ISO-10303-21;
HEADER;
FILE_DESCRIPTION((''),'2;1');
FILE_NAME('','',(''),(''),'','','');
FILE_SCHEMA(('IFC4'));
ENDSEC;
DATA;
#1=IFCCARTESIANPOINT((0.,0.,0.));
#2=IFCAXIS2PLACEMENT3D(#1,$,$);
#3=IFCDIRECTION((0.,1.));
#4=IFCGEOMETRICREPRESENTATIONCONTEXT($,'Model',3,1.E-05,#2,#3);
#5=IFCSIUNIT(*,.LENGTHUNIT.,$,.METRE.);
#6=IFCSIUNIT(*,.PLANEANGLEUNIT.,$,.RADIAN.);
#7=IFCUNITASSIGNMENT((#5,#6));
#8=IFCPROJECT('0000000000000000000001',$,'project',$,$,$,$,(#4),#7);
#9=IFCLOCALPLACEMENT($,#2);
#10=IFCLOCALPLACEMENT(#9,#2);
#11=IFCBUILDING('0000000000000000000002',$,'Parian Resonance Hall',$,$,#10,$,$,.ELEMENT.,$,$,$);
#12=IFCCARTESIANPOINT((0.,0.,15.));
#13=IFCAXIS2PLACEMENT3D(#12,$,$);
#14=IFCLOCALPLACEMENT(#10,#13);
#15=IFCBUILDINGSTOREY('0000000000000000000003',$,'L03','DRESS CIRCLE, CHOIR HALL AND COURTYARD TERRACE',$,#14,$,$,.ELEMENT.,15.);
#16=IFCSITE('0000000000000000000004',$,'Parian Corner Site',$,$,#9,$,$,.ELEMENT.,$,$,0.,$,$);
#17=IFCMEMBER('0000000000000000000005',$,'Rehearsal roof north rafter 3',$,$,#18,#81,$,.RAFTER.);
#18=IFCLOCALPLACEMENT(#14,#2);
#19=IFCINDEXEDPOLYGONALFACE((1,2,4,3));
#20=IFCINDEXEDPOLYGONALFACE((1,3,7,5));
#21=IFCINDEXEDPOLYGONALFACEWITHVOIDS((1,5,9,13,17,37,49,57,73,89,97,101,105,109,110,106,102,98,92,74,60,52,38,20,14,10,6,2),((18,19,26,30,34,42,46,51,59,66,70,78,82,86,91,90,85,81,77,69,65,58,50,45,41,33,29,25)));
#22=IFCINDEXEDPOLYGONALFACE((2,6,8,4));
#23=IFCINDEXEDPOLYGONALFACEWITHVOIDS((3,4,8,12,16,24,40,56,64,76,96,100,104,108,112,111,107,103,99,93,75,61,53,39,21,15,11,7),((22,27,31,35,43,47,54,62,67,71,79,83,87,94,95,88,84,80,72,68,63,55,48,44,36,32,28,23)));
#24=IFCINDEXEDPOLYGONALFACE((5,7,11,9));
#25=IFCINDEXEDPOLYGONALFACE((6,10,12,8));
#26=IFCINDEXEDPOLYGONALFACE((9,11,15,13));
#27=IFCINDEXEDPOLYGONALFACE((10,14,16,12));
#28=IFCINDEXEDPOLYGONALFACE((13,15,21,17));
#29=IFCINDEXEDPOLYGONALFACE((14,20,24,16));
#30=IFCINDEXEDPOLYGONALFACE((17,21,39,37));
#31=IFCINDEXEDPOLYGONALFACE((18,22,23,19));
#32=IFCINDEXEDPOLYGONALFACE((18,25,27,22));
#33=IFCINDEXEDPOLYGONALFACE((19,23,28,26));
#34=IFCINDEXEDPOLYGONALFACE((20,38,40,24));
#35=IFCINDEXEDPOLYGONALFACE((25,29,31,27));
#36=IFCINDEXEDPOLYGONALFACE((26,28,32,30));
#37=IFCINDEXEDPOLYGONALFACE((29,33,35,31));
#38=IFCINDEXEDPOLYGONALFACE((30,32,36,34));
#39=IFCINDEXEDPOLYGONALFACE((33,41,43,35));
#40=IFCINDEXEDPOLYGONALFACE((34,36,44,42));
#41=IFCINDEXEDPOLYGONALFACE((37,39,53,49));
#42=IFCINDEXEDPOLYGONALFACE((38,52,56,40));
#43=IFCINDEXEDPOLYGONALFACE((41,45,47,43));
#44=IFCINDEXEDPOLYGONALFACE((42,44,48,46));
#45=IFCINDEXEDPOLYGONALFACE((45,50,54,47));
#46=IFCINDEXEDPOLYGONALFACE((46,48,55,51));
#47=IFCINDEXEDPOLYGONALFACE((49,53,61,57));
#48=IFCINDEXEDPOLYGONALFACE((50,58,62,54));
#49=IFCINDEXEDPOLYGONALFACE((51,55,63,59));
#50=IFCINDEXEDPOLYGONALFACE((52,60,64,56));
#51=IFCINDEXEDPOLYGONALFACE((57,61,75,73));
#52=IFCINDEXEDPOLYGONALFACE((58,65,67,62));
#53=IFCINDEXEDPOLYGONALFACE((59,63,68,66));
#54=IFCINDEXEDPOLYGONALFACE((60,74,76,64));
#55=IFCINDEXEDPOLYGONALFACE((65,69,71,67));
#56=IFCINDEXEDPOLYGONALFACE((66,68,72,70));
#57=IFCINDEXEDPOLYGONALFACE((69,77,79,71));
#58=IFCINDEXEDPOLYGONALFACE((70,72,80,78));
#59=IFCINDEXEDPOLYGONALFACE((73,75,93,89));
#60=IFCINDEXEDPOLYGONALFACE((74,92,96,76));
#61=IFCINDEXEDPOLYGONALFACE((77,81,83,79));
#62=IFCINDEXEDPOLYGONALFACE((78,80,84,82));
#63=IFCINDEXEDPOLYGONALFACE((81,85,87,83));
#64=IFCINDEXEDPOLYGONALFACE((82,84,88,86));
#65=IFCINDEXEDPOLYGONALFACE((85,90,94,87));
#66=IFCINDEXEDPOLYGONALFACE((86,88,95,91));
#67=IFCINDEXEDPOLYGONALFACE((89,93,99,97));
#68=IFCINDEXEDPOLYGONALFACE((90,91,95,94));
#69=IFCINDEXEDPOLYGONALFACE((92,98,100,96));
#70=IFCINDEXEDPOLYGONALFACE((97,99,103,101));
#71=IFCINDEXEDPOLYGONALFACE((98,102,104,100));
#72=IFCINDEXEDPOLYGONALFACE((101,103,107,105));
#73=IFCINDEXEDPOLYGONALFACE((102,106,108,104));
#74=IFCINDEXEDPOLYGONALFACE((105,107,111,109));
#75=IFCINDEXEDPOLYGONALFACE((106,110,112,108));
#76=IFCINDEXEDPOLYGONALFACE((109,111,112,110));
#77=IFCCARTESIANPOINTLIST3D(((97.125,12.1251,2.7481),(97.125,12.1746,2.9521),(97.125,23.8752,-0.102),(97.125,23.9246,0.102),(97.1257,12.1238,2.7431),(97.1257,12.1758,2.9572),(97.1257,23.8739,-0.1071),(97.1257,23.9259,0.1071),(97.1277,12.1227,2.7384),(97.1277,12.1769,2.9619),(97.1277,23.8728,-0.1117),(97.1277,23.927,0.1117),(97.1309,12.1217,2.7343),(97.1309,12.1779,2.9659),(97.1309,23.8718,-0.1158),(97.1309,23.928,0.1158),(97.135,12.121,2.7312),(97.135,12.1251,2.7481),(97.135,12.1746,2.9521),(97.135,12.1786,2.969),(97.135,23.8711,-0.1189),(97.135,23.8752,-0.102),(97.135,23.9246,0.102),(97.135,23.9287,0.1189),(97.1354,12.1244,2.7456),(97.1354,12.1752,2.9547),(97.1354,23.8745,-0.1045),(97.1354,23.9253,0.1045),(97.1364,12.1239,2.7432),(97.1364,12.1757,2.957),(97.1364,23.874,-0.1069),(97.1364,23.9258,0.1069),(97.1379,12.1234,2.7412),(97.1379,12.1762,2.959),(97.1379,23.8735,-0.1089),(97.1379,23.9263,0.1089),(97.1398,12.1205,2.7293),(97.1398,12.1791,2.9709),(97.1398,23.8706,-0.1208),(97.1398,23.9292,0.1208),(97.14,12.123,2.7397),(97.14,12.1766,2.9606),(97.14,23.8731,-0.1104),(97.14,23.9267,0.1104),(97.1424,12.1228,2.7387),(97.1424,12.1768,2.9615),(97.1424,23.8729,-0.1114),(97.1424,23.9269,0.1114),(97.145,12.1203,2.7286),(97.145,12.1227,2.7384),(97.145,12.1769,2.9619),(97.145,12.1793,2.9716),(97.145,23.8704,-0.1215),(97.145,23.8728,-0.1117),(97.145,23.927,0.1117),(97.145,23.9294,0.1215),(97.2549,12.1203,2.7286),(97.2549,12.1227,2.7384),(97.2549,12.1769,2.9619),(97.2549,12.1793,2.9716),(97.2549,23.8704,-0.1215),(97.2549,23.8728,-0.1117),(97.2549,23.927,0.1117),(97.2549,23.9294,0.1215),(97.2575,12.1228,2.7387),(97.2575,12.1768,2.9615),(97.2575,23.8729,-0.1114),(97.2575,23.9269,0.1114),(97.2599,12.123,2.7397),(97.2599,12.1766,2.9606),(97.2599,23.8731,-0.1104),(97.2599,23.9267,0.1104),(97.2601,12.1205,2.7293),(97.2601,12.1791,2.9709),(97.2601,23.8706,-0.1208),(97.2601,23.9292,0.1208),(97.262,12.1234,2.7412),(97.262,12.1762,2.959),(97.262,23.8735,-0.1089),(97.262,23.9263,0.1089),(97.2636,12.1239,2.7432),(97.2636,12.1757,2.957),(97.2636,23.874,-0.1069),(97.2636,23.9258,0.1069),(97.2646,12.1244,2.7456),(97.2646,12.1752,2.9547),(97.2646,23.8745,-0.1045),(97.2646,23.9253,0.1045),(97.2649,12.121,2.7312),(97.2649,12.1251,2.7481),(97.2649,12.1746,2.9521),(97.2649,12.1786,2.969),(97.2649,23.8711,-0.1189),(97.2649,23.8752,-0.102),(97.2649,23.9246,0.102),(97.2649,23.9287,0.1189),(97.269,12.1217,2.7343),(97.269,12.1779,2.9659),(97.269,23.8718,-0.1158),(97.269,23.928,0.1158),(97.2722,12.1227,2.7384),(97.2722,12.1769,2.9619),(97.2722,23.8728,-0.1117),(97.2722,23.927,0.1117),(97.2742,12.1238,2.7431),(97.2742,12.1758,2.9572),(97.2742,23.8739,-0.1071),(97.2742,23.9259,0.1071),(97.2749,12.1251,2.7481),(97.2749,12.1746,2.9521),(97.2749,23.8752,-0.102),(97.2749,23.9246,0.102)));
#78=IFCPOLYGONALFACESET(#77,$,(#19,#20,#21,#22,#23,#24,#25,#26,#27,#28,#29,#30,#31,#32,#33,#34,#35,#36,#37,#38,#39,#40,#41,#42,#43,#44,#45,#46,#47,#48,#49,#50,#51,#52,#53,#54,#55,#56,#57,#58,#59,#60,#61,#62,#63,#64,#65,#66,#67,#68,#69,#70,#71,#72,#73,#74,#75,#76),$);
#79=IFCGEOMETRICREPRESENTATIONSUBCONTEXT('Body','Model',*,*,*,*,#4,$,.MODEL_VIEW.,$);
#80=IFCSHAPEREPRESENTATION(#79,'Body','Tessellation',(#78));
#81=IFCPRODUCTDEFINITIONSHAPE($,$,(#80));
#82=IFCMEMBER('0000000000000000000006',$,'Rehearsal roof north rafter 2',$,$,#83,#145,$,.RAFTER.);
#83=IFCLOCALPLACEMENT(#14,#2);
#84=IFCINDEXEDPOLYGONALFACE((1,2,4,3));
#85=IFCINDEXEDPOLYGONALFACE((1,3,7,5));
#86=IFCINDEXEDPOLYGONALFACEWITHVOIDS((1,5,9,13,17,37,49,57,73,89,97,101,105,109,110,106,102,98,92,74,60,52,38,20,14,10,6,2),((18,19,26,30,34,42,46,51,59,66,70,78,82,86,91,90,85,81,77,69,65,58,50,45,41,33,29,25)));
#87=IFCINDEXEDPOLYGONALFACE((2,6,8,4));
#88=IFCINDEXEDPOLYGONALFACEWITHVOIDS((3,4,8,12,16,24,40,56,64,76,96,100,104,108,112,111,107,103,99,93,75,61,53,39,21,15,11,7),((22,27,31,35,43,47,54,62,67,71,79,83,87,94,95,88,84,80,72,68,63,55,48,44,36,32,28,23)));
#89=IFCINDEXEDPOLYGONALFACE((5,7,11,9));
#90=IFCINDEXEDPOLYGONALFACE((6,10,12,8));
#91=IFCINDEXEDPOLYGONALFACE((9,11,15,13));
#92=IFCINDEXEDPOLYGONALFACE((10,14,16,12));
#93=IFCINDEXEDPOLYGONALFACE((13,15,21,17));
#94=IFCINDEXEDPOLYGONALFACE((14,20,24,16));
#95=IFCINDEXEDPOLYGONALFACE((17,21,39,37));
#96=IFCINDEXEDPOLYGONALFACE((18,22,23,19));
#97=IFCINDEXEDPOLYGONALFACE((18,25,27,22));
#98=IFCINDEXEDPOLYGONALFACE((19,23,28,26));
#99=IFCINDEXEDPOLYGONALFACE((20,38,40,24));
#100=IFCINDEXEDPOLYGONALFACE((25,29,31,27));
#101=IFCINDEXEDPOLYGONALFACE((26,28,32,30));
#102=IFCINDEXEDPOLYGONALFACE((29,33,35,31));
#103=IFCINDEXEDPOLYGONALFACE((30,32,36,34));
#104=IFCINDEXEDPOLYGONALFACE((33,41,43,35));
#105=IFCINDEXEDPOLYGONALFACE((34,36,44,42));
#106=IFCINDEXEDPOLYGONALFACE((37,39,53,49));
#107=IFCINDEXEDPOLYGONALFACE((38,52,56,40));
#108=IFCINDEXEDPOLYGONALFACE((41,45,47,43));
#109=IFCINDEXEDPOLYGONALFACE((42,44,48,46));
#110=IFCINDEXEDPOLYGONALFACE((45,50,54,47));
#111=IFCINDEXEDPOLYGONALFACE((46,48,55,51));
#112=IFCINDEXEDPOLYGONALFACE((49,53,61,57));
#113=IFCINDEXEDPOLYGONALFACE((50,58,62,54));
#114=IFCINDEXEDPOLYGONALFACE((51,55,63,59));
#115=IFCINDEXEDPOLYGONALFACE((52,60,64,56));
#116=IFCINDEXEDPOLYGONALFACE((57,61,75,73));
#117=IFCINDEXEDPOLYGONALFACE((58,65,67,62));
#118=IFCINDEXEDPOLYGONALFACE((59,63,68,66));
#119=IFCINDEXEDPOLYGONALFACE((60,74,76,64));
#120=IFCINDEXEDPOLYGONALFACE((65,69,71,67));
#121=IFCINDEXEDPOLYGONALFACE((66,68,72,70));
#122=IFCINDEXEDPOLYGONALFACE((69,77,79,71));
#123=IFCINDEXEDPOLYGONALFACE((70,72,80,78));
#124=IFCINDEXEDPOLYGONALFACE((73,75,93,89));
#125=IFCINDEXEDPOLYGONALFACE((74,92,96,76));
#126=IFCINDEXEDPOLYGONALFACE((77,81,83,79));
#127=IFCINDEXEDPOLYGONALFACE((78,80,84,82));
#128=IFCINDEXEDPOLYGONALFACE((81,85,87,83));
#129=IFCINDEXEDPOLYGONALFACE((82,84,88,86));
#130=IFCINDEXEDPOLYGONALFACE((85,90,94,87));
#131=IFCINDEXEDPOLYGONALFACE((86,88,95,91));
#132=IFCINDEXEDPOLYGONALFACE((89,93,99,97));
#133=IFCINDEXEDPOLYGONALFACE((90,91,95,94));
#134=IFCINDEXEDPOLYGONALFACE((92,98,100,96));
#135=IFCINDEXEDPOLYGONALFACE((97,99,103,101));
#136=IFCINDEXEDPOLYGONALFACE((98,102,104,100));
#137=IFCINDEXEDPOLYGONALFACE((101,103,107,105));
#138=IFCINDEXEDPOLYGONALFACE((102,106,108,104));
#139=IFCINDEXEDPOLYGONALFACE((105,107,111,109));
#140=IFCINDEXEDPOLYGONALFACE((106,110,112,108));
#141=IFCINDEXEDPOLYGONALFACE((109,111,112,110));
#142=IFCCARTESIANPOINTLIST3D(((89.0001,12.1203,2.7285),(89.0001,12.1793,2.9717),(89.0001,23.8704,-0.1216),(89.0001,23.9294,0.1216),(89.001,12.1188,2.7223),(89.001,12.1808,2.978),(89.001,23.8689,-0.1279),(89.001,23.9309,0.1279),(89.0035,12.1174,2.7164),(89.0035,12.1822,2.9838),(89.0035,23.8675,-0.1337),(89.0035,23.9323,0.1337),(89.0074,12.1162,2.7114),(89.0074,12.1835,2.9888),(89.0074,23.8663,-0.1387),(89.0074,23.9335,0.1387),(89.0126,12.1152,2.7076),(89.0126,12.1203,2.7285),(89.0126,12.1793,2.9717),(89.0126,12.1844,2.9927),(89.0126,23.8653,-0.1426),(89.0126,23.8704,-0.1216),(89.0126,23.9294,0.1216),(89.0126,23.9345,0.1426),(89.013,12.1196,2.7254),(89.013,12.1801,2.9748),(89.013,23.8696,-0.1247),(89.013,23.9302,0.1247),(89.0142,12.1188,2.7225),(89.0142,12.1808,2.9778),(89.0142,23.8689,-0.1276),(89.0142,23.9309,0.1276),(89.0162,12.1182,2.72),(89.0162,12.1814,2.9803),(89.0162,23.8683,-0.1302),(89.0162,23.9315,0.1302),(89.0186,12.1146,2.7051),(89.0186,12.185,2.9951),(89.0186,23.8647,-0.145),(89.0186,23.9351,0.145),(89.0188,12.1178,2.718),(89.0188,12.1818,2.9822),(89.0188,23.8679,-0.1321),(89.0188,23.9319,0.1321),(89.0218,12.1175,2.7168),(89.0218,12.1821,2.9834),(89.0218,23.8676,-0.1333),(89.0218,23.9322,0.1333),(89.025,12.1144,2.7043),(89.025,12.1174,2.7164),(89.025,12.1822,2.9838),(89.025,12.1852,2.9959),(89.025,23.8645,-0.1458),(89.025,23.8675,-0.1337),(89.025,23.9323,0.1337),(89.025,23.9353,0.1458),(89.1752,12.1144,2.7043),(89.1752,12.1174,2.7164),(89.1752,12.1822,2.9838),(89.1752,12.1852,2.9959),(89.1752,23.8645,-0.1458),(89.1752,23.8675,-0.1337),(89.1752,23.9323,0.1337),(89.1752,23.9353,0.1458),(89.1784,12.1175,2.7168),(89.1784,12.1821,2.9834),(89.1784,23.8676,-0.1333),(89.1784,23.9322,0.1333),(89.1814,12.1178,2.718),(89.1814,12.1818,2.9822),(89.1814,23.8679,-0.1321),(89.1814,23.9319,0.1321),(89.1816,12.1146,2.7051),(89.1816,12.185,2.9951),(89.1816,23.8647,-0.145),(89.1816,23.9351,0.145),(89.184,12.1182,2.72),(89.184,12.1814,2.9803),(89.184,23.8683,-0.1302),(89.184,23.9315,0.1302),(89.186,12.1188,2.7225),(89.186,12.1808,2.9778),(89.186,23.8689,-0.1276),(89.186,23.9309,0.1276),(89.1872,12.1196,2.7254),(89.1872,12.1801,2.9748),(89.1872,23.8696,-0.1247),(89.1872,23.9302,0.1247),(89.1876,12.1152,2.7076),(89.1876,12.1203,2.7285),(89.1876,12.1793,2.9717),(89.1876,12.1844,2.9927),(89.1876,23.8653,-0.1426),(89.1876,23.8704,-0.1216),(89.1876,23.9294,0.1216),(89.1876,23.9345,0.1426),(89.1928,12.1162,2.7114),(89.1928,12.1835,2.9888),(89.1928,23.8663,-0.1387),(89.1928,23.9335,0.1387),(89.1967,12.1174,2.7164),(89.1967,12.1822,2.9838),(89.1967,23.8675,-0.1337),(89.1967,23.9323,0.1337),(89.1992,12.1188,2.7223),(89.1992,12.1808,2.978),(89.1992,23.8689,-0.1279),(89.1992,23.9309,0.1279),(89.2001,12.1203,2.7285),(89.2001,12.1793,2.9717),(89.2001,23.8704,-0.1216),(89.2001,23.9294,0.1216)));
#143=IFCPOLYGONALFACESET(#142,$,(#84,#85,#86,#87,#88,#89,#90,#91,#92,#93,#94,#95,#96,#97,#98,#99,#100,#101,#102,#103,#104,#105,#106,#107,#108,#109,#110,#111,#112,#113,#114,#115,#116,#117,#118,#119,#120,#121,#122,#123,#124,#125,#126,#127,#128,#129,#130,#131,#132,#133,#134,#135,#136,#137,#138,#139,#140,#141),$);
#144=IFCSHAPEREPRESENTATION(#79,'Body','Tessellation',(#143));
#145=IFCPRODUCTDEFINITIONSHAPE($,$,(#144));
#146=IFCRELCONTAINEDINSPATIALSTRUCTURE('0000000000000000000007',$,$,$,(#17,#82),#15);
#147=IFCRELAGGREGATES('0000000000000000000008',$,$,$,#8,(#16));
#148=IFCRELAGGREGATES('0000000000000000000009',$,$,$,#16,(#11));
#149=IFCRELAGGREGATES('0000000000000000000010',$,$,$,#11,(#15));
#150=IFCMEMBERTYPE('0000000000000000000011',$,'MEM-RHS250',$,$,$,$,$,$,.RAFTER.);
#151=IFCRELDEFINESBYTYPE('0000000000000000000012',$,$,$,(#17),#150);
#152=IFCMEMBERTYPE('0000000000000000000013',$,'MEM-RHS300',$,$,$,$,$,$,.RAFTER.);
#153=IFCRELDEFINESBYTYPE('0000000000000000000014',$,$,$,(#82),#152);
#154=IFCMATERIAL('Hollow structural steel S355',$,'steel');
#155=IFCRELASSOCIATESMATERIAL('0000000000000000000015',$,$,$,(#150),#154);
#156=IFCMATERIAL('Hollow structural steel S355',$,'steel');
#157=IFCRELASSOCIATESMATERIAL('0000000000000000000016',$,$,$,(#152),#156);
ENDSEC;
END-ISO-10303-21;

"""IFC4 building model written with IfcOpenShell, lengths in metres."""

from ifc_helpers import new_model, si_unit, direction, frame, origin, origin_2d, place, context, subcontext, project, spatial, hollow_rectangle, extrude, material, material_profile, profile_set, type_object, element, save


model = new_model("IFC4")

# Units and contexts
model_context = context("Model", 3, precision=1e-05, world=origin(), true_north=direction((0.0, 1.0)))
body_context = subcontext(model_context, "Body", "Model", "MODEL_VIEW")
ifc_project = project(units=[si_unit("LENGTHUNIT", "METRE"), si_unit("PLANEANGLEUNIT", "RADIAN")], contexts=[model_context])

# Site, building, storey
site_placement = place(None, origin())
site = spatial("IfcSite", under=ifc_project, at=site_placement, Name="Parian Corner Site", CompositionType="ELEMENT", RefElevation=0.0)
building_placement = place(site_placement, origin())
building = spatial("IfcBuilding", under=site, at=building_placement, Name="Parian Resonance Hall", CompositionType="ELEMENT")
storey_placement = place(building_placement, frame((0.0, 0.0, 15.0)))
storey = spatial("IfcBuildingStorey", under=building, at=storey_placement, Name="L03", Description="DRESS CIRCLE, CHOIR HALL AND COURTYARD TERRACE", CompositionType="ELEMENT", Elevation=15.0)

# Members
ifc_material_1 = material(Name="Hollow structural steel S355", Category="steel")
ifc_material_profile_1 = material_profile(ifc_material_1, hollow_rectangle(XDim=0.1499, YDim=0.25, WallThickness=0.01, InnerFilletRadius=0.01, OuterFilletRadius=0.02, at=origin_2d()), Name="RHS250x150x10")
ifc_profile_set_1 = profile_set([ifc_material_profile_1], Name="Hollow structural steel S355")
member_type_1 = type_object("IfcMemberType", Name="MEM-RHS250", PredefinedType="RAFTER", material=ifc_profile_set_1)
for number, where, z_axis, x_axis, name in (
    (1, (97.2, 23.8999, 0.0), (0.0, -0.97182, 0.235726), (1.0, 0.0, 0.0), "Rehearsal roof north rafter 3"),
):
    element("IfcMember", number, at=place(storey_placement, frame(where, z_axis=z_axis, x_axis=x_axis)), inside=storey, type_object=member_type_1, Name=name, PredefinedType="RAFTER", context=body_context, shape_type="SweptSolid", body=[
        extrude(hollow_rectangle(XDim=0.1499, YDim=0.25, WallThickness=0.01, InnerFilletRadius=0.01, OuterFilletRadius=0.02, at=origin_2d()), origin(), (0.0, 0.0, 1.0), 12.0908),
    ])
ifc_material_2 = material(Name="Hollow structural steel S355", Category="steel")
ifc_material_profile_2 = material_profile(ifc_material_2, hollow_rectangle(XDim=0.2, YDim=0.3, WallThickness=0.0125, InnerFilletRadius=0.0125, OuterFilletRadius=0.0249, at=origin_2d()), Name="RHS300x200x12.5")
ifc_profile_set_2 = profile_set([ifc_material_profile_2], Name="Hollow structural steel S355")
member_type_2 = type_object("IfcMemberType", Name="MEM-RHS300", PredefinedType="RAFTER", material=ifc_profile_set_2)
member_1_placement = place(storey_placement, frame((89.1001, 23.8999, 0.0), z_axis=(0.0, -0.97182, 0.235726), x_axis=(1.0, 0.0, 0.0)))
element("IfcMember", 2, at=member_1_placement, inside=storey, type_object=member_type_2, Name="Rehearsal roof north rafter 2", PredefinedType="RAFTER", context=body_context, shape_type="SweptSolid", body=[
    extrude(hollow_rectangle(XDim=0.2, YDim=0.3, WallThickness=0.0125, InnerFilletRadius=0.0125, OuterFilletRadius=0.0249, at=origin_2d()), origin(), (0.0, 0.0, 1.0), 12.0908),
])

save(model, "model.ifc")
